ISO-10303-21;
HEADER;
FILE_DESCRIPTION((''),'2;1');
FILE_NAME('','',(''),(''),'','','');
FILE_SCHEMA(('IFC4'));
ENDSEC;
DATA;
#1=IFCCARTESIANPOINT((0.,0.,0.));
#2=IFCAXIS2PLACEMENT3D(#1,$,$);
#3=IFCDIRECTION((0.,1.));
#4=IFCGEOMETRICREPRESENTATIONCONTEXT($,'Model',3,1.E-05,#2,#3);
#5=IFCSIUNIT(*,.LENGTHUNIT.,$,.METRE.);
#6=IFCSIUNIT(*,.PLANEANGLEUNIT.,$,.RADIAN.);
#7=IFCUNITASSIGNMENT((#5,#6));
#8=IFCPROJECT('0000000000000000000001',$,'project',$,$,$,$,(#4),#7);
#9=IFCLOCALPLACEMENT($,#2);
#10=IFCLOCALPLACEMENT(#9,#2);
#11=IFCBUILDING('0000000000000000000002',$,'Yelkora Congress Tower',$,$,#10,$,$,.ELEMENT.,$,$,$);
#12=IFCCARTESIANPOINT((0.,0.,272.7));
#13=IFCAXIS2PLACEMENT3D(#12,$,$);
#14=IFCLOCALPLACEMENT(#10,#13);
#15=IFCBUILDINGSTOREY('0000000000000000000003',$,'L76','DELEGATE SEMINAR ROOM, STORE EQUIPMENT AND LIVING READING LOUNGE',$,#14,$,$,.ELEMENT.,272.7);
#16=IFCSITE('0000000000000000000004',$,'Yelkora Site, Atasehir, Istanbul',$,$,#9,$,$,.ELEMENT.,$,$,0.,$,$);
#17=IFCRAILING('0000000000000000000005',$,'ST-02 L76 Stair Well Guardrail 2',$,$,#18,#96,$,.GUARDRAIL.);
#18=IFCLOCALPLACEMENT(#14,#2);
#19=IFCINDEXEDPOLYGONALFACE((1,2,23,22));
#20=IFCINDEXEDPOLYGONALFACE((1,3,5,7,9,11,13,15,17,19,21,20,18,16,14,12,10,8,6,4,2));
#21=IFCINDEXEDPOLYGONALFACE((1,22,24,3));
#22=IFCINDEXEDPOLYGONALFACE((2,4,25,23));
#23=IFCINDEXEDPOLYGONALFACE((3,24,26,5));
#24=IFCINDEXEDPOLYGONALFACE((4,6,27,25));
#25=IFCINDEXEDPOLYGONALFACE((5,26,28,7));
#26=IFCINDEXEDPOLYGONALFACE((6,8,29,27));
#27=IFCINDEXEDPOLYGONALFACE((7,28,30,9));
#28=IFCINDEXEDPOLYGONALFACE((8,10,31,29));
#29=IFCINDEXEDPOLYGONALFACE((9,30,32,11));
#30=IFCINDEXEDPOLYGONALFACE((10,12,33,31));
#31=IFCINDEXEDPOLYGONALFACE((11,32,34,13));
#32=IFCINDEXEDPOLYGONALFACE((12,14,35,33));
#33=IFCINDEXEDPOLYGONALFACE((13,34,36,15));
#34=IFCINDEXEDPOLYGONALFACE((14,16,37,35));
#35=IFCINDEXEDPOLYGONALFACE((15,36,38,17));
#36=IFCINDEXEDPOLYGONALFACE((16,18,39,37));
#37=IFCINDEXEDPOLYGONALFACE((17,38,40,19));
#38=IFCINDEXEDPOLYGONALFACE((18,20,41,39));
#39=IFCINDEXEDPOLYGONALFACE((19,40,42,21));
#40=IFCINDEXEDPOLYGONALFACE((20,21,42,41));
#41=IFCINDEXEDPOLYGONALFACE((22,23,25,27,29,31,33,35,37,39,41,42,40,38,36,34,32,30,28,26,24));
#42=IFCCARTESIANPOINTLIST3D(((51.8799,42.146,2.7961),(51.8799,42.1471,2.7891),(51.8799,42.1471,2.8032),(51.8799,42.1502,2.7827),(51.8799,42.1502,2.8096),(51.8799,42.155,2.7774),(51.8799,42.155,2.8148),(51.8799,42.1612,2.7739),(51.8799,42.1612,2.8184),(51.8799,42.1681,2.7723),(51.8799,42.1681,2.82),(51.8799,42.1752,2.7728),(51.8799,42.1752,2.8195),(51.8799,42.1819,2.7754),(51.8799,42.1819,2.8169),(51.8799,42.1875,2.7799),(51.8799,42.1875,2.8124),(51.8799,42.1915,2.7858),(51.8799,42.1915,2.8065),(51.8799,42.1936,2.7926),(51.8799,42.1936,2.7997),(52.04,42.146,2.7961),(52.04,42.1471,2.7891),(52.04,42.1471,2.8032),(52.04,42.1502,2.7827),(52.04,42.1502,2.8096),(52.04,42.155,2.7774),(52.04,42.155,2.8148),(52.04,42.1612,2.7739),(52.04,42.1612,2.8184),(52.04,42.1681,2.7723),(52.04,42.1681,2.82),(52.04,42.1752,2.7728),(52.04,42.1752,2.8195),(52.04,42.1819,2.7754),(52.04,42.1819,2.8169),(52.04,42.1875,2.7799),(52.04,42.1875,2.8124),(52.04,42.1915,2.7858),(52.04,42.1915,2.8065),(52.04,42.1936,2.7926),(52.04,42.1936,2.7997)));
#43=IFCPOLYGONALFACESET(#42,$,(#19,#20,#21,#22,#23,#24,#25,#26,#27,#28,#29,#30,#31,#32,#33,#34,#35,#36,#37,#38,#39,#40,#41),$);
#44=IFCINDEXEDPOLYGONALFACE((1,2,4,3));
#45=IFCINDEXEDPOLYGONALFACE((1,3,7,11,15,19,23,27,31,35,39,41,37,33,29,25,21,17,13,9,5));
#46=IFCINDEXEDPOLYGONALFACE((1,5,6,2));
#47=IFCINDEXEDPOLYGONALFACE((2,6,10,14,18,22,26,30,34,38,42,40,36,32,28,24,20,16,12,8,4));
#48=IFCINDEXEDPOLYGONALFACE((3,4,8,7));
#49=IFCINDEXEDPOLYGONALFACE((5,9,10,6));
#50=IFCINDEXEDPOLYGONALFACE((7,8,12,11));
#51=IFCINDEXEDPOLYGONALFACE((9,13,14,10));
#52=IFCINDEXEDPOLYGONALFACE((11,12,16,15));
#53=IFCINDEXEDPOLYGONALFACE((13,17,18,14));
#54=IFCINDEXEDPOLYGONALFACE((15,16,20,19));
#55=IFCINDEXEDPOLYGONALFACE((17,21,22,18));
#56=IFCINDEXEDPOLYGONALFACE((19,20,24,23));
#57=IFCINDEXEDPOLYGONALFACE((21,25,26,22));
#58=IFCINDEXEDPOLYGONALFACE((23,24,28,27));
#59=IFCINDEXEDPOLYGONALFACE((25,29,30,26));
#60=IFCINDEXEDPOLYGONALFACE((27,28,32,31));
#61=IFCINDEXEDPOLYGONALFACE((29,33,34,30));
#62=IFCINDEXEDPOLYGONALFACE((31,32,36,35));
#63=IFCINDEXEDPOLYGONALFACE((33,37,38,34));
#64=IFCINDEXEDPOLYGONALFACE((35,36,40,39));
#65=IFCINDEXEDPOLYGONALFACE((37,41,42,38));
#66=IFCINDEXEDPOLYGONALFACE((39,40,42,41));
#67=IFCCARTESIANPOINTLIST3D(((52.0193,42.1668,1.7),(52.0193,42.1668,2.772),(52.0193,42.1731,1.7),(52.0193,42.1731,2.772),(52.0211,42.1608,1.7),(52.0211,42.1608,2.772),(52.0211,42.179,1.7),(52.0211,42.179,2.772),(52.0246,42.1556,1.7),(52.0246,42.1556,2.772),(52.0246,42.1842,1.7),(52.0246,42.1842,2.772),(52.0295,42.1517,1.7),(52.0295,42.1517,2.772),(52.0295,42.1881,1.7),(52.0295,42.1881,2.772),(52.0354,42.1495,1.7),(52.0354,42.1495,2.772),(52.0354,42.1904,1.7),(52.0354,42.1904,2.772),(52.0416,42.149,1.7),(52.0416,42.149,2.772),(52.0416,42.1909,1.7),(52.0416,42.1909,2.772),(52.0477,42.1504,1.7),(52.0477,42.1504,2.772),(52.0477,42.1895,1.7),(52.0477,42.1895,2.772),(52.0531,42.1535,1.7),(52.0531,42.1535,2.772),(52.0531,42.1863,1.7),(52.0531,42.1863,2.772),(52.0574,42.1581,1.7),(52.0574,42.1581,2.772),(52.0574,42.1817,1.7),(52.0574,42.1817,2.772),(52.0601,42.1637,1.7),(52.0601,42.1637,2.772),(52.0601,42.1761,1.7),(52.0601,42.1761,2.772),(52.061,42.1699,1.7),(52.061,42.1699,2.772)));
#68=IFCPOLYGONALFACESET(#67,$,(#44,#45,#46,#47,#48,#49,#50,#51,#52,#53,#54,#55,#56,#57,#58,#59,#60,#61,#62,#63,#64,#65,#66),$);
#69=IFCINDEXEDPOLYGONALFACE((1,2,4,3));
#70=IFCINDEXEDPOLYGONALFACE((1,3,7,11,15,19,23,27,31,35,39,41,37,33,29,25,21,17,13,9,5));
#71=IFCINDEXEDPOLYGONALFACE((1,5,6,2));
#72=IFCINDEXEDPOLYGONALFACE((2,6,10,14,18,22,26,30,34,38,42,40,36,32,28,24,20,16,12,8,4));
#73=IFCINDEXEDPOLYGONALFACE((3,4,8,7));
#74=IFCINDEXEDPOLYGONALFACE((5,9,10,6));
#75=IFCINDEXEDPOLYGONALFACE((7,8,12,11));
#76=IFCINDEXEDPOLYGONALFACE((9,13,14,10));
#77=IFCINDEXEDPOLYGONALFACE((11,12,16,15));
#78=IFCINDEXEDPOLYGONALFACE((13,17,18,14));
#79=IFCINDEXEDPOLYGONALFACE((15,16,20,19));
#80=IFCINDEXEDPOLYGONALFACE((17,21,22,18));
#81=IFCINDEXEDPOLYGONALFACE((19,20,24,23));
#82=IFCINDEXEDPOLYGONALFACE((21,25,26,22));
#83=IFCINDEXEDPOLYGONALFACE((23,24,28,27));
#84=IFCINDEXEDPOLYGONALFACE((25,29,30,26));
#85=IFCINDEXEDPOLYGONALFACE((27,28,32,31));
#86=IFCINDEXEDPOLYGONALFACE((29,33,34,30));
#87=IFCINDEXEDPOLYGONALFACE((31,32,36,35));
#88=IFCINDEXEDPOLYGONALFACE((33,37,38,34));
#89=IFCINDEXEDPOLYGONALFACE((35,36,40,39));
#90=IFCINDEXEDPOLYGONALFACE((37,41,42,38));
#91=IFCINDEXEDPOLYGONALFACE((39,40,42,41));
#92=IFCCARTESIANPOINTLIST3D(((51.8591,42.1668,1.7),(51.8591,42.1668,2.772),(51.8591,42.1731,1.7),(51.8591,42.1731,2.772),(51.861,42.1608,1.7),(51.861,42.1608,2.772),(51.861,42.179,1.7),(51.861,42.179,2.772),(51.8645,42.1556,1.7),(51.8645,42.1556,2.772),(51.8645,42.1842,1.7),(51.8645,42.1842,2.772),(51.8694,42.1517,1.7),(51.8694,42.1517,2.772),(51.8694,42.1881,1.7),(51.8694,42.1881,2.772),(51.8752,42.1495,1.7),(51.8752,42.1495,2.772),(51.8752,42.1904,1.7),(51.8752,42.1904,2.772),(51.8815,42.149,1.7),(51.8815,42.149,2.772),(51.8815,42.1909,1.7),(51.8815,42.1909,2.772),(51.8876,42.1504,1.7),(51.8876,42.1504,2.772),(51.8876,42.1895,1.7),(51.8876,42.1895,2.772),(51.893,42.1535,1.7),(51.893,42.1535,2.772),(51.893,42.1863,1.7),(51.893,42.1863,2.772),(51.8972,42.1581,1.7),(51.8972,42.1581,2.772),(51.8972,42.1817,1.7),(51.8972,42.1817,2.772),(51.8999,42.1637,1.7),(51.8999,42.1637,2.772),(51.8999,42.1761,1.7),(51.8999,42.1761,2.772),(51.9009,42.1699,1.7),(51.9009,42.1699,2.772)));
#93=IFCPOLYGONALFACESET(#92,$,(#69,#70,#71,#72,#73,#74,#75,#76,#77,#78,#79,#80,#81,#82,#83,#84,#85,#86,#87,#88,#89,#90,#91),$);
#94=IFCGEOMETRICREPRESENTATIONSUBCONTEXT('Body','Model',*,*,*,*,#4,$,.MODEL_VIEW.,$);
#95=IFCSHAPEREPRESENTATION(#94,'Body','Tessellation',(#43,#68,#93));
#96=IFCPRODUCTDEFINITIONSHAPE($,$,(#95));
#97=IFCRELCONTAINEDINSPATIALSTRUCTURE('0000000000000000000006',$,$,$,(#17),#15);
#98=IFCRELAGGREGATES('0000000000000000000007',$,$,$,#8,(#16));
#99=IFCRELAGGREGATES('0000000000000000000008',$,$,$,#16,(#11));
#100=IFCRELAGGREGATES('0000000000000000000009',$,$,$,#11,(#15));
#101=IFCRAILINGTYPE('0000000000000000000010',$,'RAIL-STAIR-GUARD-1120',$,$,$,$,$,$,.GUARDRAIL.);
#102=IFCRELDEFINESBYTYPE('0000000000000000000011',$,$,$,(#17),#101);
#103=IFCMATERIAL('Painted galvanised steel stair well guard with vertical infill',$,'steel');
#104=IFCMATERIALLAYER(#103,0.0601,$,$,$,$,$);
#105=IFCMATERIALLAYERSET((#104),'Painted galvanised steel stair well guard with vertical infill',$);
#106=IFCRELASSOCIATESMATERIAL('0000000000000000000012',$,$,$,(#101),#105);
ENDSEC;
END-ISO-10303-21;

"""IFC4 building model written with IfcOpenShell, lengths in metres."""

from ifc_helpers import new_model, si_unit, direction, frame, origin, origin_2d, place, context, subcontext, project, spatial, circle, extrude, material, layer, layer_set, type_object, element, save


model = new_model("IFC4")

# Units and contexts
model_context = context("Model", 3, precision=1e-05, world=origin(), true_north=direction((0.0, 1.0)))
body_context = subcontext(model_context, "Body", "Model", "MODEL_VIEW")
ifc_project = project(units=[si_unit("LENGTHUNIT", "METRE"), si_unit("PLANEANGLEUNIT", "RADIAN")], contexts=[model_context])

# Site, building, storey
site_placement = place(None, origin())
site = spatial("IfcSite", under=ifc_project, at=site_placement, Name="Yelkora Site, Atasehir, Istanbul", CompositionType="ELEMENT", RefElevation=0.0)
building_placement = place(site_placement, origin())
building = spatial("IfcBuilding", under=site, at=building_placement, Name="Yelkora Congress Tower", CompositionType="ELEMENT")
storey_placement = place(building_placement, frame((0.0, 0.0, 272.7)))
storey = spatial("IfcBuildingStorey", under=building, at=storey_placement, Name="L76", Description="DELEGATE SEMINAR ROOM, STORE EQUIPMENT AND LIVING READING LOUNGE", CompositionType="ELEMENT", Elevation=272.7)

# Railing
ifc_material_1 = material(Name="Painted galvanised steel stair well guard with vertical infill", Category="steel")
ifc_layer_1 = layer(ifc_material_1, 0.0601)
ifc_layer_set_1 = layer_set([ifc_layer_1], Name="Painted galvanised steel stair well guard with vertical infill")
railing_type_1 = type_object("IfcRailingType", Name="RAIL-STAIR-GUARD-1120", PredefinedType="GUARDRAIL", material=ifc_layer_set_1)
railing_1_placement = place(storey_placement, frame((52.04, 42.1699, 1.7)))
element("IfcRailing", 1, at=railing_1_placement, inside=storey, type_object=railing_type_1, Name="ST-02 L76 Stair Well Guardrail 2", PredefinedType="GUARDRAIL", context=body_context, shape_type="SweptSolid", body=[
    extrude(circle(Radius=0.0239, at=origin_2d()), frame((0.0, 0.0, 1.0962), z_axis=(-1.0, 0.0, 0.0), x_axis=(0.0, -1.0, 0.0)), (0.0, 0.0, 1.0), 0.1602),
    extrude(circle(Radius=0.021, at=origin_2d()), origin(), (0.0, 0.0, 1.0), 1.072),
    extrude(circle(Radius=0.021, at=origin_2d()), frame((-0.1602, 0.0, 0.0)), (0.0, 0.0, 1.0), 1.072),
])

save(model, "model.ifc")
